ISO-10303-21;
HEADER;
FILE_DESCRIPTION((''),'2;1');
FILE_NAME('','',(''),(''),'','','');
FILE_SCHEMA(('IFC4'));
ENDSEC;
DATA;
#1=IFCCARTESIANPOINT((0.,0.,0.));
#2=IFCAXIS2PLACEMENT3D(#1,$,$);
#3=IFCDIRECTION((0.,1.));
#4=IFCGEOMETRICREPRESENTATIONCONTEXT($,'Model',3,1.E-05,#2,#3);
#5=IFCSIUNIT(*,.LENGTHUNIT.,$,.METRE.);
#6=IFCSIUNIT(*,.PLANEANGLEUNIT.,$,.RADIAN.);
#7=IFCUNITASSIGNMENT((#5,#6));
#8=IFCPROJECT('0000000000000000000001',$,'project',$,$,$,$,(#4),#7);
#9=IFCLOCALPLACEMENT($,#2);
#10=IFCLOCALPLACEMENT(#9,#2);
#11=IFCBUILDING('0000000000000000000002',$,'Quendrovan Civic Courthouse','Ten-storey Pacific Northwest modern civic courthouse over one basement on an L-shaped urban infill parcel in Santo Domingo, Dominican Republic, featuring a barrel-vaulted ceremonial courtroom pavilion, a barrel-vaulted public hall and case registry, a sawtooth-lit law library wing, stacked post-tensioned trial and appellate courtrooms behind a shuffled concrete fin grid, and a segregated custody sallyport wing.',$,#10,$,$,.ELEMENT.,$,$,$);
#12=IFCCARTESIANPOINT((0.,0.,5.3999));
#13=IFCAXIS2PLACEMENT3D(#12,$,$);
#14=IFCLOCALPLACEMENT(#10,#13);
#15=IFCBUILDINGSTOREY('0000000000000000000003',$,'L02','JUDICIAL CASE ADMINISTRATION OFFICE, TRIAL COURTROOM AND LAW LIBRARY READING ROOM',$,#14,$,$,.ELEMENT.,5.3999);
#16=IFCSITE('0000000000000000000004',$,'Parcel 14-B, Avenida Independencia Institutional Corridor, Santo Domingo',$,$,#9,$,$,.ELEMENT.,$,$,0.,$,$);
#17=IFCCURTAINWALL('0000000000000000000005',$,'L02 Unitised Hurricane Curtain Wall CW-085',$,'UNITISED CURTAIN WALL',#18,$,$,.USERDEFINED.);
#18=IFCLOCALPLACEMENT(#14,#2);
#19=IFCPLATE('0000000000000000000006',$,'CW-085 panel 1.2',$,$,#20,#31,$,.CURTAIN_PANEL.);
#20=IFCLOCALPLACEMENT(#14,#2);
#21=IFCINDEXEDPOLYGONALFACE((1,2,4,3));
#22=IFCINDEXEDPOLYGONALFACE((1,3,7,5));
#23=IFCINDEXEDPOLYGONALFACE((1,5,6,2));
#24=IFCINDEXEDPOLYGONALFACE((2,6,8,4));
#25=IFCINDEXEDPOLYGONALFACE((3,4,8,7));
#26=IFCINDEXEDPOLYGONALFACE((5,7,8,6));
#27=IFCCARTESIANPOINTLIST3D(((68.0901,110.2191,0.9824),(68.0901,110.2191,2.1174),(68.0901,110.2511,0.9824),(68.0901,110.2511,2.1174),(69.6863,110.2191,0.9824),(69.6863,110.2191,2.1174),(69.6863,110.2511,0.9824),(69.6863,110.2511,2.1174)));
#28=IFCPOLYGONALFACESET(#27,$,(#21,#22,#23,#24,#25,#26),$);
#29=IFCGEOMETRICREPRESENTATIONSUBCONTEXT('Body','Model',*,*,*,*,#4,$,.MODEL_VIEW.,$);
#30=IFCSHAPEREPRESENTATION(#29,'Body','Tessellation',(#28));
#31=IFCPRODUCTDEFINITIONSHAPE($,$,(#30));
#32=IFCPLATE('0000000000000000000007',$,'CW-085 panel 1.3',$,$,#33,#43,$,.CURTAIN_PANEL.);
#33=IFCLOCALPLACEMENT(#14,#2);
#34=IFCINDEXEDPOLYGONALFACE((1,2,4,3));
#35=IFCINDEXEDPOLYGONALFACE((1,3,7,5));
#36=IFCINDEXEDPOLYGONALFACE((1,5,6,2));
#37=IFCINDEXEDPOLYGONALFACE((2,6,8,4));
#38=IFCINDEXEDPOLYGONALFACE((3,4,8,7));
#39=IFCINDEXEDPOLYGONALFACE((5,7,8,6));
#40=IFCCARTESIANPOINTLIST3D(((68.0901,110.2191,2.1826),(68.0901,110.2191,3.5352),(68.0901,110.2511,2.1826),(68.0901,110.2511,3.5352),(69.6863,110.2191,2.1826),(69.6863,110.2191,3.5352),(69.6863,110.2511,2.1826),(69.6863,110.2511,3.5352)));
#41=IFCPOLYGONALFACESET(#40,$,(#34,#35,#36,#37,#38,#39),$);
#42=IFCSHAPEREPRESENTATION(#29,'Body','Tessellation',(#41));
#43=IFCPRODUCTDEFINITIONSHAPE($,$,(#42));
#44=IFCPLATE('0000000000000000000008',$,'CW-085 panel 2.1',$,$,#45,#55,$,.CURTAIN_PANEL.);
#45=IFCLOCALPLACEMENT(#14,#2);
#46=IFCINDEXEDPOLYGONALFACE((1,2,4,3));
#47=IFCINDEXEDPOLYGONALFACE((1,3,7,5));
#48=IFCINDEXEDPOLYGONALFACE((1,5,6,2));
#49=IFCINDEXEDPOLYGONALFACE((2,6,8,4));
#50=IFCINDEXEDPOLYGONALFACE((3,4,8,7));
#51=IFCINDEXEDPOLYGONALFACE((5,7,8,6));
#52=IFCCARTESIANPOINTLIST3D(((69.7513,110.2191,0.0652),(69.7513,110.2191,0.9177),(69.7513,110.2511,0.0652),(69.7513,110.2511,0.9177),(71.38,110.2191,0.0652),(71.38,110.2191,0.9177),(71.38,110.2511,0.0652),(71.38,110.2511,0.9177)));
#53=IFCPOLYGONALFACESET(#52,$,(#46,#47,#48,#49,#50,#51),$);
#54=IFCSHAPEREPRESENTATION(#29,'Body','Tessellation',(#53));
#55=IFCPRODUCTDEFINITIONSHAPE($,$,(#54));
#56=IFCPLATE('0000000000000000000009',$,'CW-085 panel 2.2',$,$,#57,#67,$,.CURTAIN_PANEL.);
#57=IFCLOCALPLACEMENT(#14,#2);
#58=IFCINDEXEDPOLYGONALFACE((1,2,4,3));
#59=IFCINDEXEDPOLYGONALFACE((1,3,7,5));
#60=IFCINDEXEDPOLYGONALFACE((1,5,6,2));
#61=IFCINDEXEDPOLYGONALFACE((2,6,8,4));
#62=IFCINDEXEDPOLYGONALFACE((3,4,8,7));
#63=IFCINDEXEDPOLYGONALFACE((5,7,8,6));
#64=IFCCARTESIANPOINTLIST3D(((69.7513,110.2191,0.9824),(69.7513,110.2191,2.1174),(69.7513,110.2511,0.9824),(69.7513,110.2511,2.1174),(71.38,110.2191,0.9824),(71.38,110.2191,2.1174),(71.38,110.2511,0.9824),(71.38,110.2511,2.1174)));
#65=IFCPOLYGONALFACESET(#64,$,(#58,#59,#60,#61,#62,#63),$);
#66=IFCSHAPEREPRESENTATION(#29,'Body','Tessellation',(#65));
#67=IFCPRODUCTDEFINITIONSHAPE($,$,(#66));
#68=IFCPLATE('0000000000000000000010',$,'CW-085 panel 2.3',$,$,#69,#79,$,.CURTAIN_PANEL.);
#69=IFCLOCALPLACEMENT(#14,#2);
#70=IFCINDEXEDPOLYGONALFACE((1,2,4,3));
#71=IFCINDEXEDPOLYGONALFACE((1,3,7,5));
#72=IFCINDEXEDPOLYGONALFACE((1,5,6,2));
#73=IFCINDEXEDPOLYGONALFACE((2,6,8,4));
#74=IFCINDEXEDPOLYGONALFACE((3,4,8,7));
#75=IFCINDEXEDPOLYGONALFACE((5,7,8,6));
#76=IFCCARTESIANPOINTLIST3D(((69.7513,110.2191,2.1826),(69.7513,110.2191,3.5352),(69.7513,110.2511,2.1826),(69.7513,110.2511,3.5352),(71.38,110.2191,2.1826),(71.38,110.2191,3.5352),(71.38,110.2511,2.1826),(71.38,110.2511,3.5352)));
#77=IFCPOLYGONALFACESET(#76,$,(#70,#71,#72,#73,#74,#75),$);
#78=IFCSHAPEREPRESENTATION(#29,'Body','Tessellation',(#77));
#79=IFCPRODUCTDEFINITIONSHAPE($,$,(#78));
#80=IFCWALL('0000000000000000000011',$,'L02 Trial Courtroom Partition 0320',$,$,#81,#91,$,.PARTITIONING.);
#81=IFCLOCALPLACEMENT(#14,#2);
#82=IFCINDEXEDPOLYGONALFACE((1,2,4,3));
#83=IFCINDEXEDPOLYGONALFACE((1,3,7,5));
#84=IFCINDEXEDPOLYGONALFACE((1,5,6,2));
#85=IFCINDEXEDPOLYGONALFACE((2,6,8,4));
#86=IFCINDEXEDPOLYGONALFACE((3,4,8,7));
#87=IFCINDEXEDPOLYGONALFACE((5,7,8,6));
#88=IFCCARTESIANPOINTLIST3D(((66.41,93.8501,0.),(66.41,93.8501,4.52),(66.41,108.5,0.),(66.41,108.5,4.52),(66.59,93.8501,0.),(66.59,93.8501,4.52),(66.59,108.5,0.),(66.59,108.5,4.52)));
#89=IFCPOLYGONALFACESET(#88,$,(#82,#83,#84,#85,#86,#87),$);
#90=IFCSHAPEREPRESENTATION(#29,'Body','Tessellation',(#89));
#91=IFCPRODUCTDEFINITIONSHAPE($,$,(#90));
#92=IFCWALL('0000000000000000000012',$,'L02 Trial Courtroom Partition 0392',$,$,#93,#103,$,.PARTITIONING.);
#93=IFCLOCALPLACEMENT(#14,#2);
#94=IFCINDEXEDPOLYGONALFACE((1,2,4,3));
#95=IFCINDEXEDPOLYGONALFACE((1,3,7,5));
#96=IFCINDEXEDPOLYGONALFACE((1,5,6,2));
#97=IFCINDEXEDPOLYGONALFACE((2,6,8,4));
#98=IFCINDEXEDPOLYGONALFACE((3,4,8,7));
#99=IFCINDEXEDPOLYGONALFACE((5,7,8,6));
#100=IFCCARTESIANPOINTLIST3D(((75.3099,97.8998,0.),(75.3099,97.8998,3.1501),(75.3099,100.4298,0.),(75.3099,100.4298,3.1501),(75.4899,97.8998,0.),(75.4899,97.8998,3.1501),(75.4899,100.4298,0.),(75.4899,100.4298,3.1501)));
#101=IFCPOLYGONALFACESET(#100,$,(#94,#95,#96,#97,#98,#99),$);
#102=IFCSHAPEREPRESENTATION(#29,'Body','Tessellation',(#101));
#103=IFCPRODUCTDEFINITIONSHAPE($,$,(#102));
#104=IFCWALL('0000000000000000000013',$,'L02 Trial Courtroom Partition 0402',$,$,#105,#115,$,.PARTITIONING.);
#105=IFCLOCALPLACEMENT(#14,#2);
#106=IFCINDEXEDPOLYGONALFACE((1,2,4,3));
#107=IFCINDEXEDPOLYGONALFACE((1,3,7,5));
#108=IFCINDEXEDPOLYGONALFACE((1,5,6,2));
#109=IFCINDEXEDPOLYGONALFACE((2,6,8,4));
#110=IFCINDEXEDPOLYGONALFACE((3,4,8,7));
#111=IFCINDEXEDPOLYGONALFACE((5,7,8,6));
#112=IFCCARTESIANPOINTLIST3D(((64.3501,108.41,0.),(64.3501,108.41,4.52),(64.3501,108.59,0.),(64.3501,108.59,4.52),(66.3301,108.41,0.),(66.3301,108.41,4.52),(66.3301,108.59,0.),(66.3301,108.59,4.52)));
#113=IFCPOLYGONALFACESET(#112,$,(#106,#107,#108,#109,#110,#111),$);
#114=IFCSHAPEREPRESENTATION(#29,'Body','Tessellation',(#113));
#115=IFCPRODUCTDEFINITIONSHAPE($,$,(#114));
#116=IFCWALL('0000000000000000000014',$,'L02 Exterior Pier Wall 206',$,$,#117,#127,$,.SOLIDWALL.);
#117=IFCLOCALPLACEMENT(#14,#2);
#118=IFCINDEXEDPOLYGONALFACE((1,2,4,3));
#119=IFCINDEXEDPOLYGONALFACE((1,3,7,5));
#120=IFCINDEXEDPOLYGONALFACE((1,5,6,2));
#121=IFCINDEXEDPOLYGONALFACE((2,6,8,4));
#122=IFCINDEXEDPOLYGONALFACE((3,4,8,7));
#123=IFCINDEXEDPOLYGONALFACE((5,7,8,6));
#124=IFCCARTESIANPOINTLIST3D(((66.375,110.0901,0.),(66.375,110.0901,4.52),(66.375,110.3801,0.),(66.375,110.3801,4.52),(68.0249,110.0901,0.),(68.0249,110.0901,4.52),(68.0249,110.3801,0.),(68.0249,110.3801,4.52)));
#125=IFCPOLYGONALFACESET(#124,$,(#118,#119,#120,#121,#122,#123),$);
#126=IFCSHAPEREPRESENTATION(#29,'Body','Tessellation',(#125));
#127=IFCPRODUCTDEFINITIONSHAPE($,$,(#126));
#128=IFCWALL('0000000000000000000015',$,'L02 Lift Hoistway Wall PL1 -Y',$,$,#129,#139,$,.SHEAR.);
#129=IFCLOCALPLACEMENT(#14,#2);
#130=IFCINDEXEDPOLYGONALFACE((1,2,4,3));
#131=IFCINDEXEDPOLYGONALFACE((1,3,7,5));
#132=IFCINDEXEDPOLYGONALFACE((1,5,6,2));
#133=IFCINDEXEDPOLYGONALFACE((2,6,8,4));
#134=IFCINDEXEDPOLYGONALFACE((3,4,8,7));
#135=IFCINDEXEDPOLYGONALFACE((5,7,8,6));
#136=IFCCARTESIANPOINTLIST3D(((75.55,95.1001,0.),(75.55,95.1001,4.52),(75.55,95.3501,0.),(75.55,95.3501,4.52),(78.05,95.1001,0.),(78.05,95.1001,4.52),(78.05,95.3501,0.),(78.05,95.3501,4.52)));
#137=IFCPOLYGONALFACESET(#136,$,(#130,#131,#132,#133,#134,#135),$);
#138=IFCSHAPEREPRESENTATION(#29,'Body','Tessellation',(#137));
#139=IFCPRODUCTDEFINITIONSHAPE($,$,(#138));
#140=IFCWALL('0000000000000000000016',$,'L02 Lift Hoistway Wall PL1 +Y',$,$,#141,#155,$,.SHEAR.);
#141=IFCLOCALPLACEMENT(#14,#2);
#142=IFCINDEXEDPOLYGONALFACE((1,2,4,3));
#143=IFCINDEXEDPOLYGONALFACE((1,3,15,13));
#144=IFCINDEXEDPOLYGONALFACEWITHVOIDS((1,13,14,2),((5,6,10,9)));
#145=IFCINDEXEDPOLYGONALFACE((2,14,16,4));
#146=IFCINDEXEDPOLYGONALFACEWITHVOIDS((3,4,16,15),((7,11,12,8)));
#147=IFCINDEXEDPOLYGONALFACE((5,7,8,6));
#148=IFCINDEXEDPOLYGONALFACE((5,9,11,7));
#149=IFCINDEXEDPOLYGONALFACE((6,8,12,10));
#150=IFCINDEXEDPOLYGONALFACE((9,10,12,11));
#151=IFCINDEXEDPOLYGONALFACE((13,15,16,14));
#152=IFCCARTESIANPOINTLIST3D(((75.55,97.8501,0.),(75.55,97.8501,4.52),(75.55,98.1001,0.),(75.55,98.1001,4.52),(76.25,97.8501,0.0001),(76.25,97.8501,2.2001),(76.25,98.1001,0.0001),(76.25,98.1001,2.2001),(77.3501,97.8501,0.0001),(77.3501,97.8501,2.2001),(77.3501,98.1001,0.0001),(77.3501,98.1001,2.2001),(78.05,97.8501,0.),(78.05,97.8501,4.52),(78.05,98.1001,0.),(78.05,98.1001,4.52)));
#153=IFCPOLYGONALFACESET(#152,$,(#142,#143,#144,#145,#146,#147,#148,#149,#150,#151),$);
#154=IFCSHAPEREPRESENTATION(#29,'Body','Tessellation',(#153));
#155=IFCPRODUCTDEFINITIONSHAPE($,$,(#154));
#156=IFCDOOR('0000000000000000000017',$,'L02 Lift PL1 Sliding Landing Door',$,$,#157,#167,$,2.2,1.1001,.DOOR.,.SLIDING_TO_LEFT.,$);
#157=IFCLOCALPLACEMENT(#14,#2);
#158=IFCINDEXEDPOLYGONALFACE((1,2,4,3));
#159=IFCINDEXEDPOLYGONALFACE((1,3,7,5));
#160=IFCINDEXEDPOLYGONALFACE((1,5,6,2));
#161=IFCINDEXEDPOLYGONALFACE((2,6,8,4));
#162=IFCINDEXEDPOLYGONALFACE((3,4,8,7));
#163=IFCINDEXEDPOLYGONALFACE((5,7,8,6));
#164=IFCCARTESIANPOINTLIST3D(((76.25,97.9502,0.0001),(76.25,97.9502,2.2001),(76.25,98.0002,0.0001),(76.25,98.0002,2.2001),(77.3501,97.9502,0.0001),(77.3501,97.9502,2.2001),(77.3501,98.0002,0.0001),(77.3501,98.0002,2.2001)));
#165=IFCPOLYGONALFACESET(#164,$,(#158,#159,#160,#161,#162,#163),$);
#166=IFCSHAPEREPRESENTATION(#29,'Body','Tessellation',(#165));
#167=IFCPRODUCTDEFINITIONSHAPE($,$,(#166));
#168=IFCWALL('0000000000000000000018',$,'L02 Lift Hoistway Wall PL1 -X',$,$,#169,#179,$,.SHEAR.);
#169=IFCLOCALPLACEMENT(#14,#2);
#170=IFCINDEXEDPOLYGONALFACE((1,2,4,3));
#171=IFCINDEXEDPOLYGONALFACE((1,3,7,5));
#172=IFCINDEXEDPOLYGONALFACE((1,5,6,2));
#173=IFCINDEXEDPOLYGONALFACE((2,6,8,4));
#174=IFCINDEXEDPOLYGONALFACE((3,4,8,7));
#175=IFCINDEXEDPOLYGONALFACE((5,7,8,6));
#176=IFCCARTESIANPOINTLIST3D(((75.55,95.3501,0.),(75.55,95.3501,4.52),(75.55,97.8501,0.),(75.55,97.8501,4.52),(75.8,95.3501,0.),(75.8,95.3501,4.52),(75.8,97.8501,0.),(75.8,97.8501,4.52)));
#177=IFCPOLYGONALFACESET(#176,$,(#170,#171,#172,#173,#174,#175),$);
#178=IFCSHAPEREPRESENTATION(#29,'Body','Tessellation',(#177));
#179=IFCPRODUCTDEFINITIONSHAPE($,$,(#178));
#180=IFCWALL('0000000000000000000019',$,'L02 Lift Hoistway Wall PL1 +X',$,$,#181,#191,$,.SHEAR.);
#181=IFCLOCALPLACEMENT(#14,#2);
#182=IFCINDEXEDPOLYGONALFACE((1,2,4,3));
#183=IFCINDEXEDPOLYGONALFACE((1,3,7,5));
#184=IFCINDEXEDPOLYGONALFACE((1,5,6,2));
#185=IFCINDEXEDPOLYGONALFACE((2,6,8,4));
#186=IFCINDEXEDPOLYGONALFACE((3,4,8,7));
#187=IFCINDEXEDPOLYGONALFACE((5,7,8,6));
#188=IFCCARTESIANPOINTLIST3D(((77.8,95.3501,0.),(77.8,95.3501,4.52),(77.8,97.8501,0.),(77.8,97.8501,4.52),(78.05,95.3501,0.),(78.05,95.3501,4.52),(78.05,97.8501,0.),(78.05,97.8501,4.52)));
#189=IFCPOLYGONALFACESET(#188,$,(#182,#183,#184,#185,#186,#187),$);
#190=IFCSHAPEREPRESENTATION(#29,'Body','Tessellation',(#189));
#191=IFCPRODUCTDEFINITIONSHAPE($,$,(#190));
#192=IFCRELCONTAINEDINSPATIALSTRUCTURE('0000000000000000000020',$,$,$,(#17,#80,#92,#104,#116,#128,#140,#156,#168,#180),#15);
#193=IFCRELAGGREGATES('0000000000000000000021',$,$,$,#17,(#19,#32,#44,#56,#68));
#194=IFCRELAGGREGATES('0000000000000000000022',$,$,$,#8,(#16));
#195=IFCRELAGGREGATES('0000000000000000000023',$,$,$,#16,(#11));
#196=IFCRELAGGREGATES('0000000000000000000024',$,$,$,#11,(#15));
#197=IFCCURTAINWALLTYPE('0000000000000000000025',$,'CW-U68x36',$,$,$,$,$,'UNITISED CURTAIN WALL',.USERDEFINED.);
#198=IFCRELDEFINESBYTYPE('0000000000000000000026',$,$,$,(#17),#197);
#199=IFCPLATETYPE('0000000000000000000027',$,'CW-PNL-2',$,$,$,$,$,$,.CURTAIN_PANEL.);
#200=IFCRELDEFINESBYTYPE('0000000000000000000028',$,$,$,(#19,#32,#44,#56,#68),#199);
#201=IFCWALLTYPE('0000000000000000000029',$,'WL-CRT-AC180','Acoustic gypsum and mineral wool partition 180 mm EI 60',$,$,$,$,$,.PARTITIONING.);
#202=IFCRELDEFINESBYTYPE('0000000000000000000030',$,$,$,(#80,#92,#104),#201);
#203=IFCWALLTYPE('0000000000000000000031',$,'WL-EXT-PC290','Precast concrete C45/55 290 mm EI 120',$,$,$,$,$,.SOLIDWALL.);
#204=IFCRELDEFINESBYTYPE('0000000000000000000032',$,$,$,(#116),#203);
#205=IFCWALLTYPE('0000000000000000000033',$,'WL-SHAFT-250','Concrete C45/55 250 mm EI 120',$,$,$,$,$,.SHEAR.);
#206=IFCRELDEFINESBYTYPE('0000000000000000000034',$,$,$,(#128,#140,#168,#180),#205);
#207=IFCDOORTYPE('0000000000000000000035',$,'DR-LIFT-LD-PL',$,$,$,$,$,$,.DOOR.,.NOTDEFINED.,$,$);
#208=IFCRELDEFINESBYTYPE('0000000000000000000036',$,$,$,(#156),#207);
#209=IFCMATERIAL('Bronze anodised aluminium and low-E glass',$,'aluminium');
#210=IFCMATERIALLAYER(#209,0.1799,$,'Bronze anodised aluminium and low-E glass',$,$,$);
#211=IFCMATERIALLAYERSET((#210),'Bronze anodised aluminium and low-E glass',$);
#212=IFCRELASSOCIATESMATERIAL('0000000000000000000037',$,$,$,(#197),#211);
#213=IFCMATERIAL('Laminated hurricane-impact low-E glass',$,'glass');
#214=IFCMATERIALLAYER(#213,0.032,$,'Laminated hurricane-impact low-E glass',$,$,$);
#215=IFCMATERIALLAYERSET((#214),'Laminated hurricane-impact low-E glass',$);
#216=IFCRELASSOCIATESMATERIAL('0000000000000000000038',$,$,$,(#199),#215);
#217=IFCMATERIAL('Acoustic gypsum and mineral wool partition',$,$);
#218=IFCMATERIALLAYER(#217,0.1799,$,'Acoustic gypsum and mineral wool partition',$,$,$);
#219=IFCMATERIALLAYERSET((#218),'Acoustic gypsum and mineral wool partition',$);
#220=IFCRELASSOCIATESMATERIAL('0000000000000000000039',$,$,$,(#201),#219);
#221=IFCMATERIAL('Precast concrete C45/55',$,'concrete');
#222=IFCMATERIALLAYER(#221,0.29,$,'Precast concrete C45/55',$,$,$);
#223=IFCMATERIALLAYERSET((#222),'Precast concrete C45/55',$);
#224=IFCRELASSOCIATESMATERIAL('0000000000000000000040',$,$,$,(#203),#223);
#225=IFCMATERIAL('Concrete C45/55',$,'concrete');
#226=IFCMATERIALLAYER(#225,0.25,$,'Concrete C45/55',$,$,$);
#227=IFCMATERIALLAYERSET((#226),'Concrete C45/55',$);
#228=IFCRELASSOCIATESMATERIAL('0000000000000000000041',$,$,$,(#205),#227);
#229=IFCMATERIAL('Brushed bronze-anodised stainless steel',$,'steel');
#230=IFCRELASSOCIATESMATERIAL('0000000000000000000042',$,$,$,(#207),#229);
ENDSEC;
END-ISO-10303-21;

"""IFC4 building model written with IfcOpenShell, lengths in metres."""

from ifc_helpers import new_model, si_unit, direction, frame, frame_2d, origin, origin_2d, place, context, subcontext, project, spatial, rectangle, extrude, material, layer, layer_set, type_object, element, fill, aggregate, save


model = new_model("IFC4")

# Units and contexts
model_context = context("Model", 3, precision=1e-05, world=origin(), true_north=direction((0.0, 1.0)))
body_context = subcontext(model_context, "Body", "Model", "MODEL_VIEW")
ifc_project = project(units=[si_unit("LENGTHUNIT", "METRE"), si_unit("PLANEANGLEUNIT", "RADIAN")], contexts=[model_context])

# Site, building, storey
site_placement = place(None, origin())
site = spatial("IfcSite", under=ifc_project, at=site_placement, Name="Parcel 14-B, Avenida Independencia Institutional Corridor, Santo Domingo", CompositionType="ELEMENT", RefElevation=0.0)
building_placement = place(site_placement, origin())
building = spatial("IfcBuilding", under=site, at=building_placement, Name="Quendrovan Civic Courthouse", Description="Ten-storey Pacific Northwest modern civic courthouse over one basement on an L-shaped urban infill parcel in Santo Domingo, Dominican Republic, featuring a barrel-vaulted ceremonial courtroom pavilion, a barrel-vaulted public hall and case registry, a sawtooth-lit law library wing, stacked post-tensioned trial and appellate courtrooms behind a shuffled concrete fin grid, and a segregated custody sallyport wing.", CompositionType="ELEMENT")
storey_placement = place(building_placement, frame((0.0, 0.0, 5.3999)))
storey = spatial("IfcBuildingStorey", under=building, at=storey_placement, Name="L02", Description="JUDICIAL CASE ADMINISTRATION OFFICE, TRIAL COURTROOM AND LAW LIBRARY READING ROOM", CompositionType="ELEMENT", Elevation=5.3999)

# Shared definitions
ifc_material_1 = material(Name="Concrete C45/55", Category="concrete")

# Shared definitions
ifc_material_2 = material(Name="Bronze anodised aluminium and low-E glass", Category="aluminium")
ifc_layer_1 = layer(ifc_material_2, 0.1799, Name="Bronze anodised aluminium and low-E glass")
ifc_layer_set_1 = layer_set([ifc_layer_1], Name="Bronze anodised aluminium and low-E glass")
curtain_wall_type = type_object("IfcCurtainWallType", Name="CW-U68x36", ElementType="UNITISED CURTAIN WALL", PredefinedType="USERDEFINED", material=ifc_layer_set_1)

# Curtain wall
curtain_wall_1_placement = place(storey_placement, origin())
curtain_wall_1 = element("IfcCurtainWall", 1, at=curtain_wall_1_placement, inside=storey, type_object=curtain_wall_type, Name="L02 Unitised Hurricane Curtain Wall CW-085", ObjectType="UNITISED CURTAIN WALL", PredefinedType="USERDEFINED")

# Plates
ifc_material_3 = material(Name="Laminated hurricane-impact low-E glass", Category="glass")
ifc_layer_2 = layer(ifc_material_3, 0.032, Name="Laminated hurricane-impact low-E glass")
ifc_layer_set_2 = layer_set([ifc_layer_2], Name="Laminated hurricane-impact low-E glass")
plate_type_1 = type_object("IfcPlateType", Name="CW-PNL-2", PredefinedType="CURTAIN_PANEL", material=ifc_layer_set_2)
plate_1_placement = place(storey_placement, frame((68.8882, 110.2351, 0.9824), z_axis=(0.0, 0.0, 1.0), x_axis=(1.0, 0.0, 0.0)))
plate_1 = element("IfcPlate", 2, at=plate_1_placement, type_object=plate_type_1, Name="CW-085 panel 1.2", PredefinedType="CURTAIN_PANEL", context=body_context, shape_type="SweptSolid", body=[
    extrude(rectangle(XDim=1.5962, YDim=0.032, at=origin_2d()), origin(), (0.0, 0.0, 1.0), 1.135),
])
plate_2_placement = place(storey_placement, frame((68.8882, 110.2351, 2.1826), z_axis=(0.0, 0.0, 1.0), x_axis=(1.0, 0.0, 0.0)))
plate_2 = element("IfcPlate", 3, at=plate_2_placement, type_object=plate_type_1, Name="CW-085 panel 1.3", PredefinedType="CURTAIN_PANEL", context=body_context, shape_type="SweptSolid", body=[
    extrude(rectangle(XDim=1.5962, YDim=0.032, at=origin_2d()), origin(), (0.0, 0.0, 1.0), 1.3525),
])
plate_3_placement = place(storey_placement, frame((70.5657, 110.2351, 0.0652), z_axis=(0.0, 0.0, 1.0), x_axis=(1.0, 0.0, 0.0)))
plate_3 = element("IfcPlate", 4, at=plate_3_placement, type_object=plate_type_1, Name="CW-085 panel 2.1", PredefinedType="CURTAIN_PANEL", context=body_context, shape_type="SweptSolid", body=[
    extrude(rectangle(XDim=1.6287, YDim=0.032, at=origin_2d()), origin(), (0.0, 0.0, 1.0), 0.8525),
])
plate_4_placement = place(storey_placement, frame((70.5657, 110.2351, 0.9824), z_axis=(0.0, 0.0, 1.0), x_axis=(1.0, 0.0, 0.0)))
plate_4 = element("IfcPlate", 5, at=plate_4_placement, type_object=plate_type_1, Name="CW-085 panel 2.2", PredefinedType="CURTAIN_PANEL", context=body_context, shape_type="SweptSolid", body=[
    extrude(rectangle(XDim=1.6287, YDim=0.032, at=origin_2d()), origin(), (0.0, 0.0, 1.0), 1.135),
])
plate_5_placement = place(storey_placement, frame((70.5657, 110.2351, 2.1826), z_axis=(0.0, 0.0, 1.0), x_axis=(1.0, 0.0, 0.0)))
plate_5 = element("IfcPlate", 6, at=plate_5_placement, type_object=plate_type_1, Name="CW-085 panel 2.3", PredefinedType="CURTAIN_PANEL", context=body_context, shape_type="SweptSolid", body=[
    extrude(rectangle(XDim=1.6287, YDim=0.032, at=origin_2d()), origin(), (0.0, 0.0, 1.0), 1.3525),
])
aggregate(curtain_wall_1, [plate_1, plate_2, plate_3, plate_4, plate_5])

# Walls
ifc_material_4 = material(Name="Acoustic gypsum and mineral wool partition")
ifc_layer_3 = layer(ifc_material_4, 0.1799, Name="Acoustic gypsum and mineral wool partition")
ifc_layer_set_3 = layer_set([ifc_layer_3], Name="Acoustic gypsum and mineral wool partition")
wall_type_1 = type_object("IfcWallType", Name="WL-CRT-AC180", Description="Acoustic gypsum and mineral wool partition 180 mm EI 60", PredefinedType="PARTITIONING", material=ifc_layer_set_3)
wall_1_placement = place(storey_placement, frame((66.5, 93.8501, 0.0), z_axis=(0.0, 0.0, 1.0), x_axis=(0.0, 1.0, 0.0)))
element("IfcWall", 7, at=wall_1_placement, inside=storey, type_object=wall_type_1, Name="L02 Trial Courtroom Partition 0320", PredefinedType="PARTITIONING", context=body_context, shape_type="SweptSolid", body=[
    extrude(rectangle(XDim=14.6499, YDim=0.1799, at=frame_2d((7.325, 0.0))), origin(), (0.0, 0.0, 1.0), 4.52),
])
wall_2_placement = place(storey_placement, frame((75.3999, 100.4299, 0.0), z_axis=(0.0, 0.0, 1.0), x_axis=(0.0, -1.0, 0.0)))
element("IfcWall", 8, at=wall_2_placement, inside=storey, type_object=wall_type_1, Name="L02 Trial Courtroom Partition 0392", PredefinedType="PARTITIONING", context=body_context, shape_type="SweptSolid", body=[
    extrude(rectangle(XDim=2.53, YDim=0.1799, at=frame_2d((1.2651, 0.0))), origin(), (0.0, 0.0, 1.0), 3.1501),
])
wall_3_placement = place(storey_placement, frame((66.3301, 108.5, 0.0), z_axis=(0.0, 0.0, 1.0), x_axis=(-1.0, 0.0, 0.0)))
element("IfcWall", 9, at=wall_3_placement, inside=storey, type_object=wall_type_1, Name="L02 Trial Courtroom Partition 0402", PredefinedType="PARTITIONING", context=body_context, shape_type="SweptSolid", body=[
    extrude(rectangle(XDim=1.98, YDim=0.1799, at=frame_2d((0.99, 0.0))), origin(), (0.0, 0.0, 1.0), 4.52),
])
ifc_material_5 = material(Name="Precast concrete C45/55", Category="concrete")
ifc_layer_4 = layer(ifc_material_5, 0.29, Name="Precast concrete C45/55")
ifc_layer_set_4 = layer_set([ifc_layer_4], Name="Precast concrete C45/55")
wall_type_2 = type_object("IfcWallType", Name="WL-EXT-PC290", Description="Precast concrete C45/55 290 mm EI 120", PredefinedType="SOLIDWALL", material=ifc_layer_set_4)
wall_4_placement = place(storey_placement, frame((66.375, 110.2351, 0.0), z_axis=(0.0, 0.0, 1.0), x_axis=(1.0, 0.0, 0.0)))
element("IfcWall", 10, at=wall_4_placement, inside=storey, type_object=wall_type_2, Name="L02 Exterior Pier Wall 206", PredefinedType="SOLIDWALL", context=body_context, shape_type="SweptSolid", body=[
    extrude(rectangle(XDim=1.6499, YDim=0.29, at=frame_2d((0.825, 0.0))), origin(), (0.0, 0.0, 1.0), 4.52),
])
ifc_layer_5 = layer(ifc_material_1, 0.25, Name="Concrete C45/55")
ifc_layer_set_5 = layer_set([ifc_layer_5], Name="Concrete C45/55")
wall_type_3 = type_object("IfcWallType", Name="WL-SHAFT-250", Description="Concrete C45/55 250 mm EI 120", PredefinedType="SHEAR", material=ifc_layer_set_5)
wall_5_placement = place(storey_placement, frame((75.55, 95.2251, 0.0), z_axis=(0.0, 0.0, 1.0), x_axis=(1.0, 0.0, 0.0)))
element("IfcWall", 11, at=wall_5_placement, inside=storey, type_object=wall_type_3, Name="L02 Lift Hoistway Wall PL1 -Y", PredefinedType="SHEAR", context=body_context, shape_type="SweptSolid", body=[
    extrude(rectangle(XDim=2.5, YDim=0.25, at=frame_2d((1.25, 0.0))), origin(), (0.0, 0.0, 1.0), 4.52),
])

# Wall, opening, door
wall_6_placement = place(storey_placement, frame((78.05, 97.9751, 0.0), z_axis=(0.0, 0.0, 1.0), x_axis=(-1.0, 0.0, 0.0)))
wall_6 = element("IfcWall", 12, at=wall_6_placement, inside=storey, type_object=wall_type_3, Name="L02 Lift Hoistway Wall PL1 +Y", PredefinedType="SHEAR", context=body_context, shape_type="SweptSolid", body=[
    extrude(rectangle(XDim=2.5, YDim=0.25, at=frame_2d((1.25, 0.0))), origin(), (0.0, 0.0, 1.0), 4.52),
])
opening_placement = place(wall_6_placement, frame((0.7, 0.0, 0.0)))
opening = element("IfcOpeningElement", 13, at=opening_placement, cuts=wall_6, PredefinedType="OPENING", context=body_context, shape_type="SweptSolid", body=[
    extrude(rectangle(XDim=1.1001, YDim=2.2, at=frame_2d((0.55, 1.1001))), frame((0.0, 0.135, 0.0), z_axis=(0.0, -1.0, 0.0), x_axis=(1.0, 0.0, 0.0)), (0.0, 0.0, 1.0), 0.27),
])
ifc_material_6 = material(Name="Brushed bronze-anodised stainless steel", Category="steel")
door_type = type_object("IfcDoorType", Name="DR-LIFT-LD-PL", OperationType="NOTDEFINED", PredefinedType="DOOR", material=ifc_material_6)
door_placement = place(opening_placement, origin())
door = element("IfcDoor", 14, at=door_placement, inside=storey, type_object=door_type, Name="L02 Lift PL1 Sliding Landing Door", OperationType="SLIDING_TO_LEFT", OverallHeight=2.2, OverallWidth=1.1001, PredefinedType="DOOR", context=body_context, shape_type="SweptSolid", body=[
    extrude(rectangle(XDim=1.1001, YDim=2.2, at=frame_2d((0.55, 1.1001))), frame((0.0, 0.0249, 0.0), z_axis=(0.0, -1.0, 0.0), x_axis=(1.0, 0.0, 0.0)), (0.0, 0.0, 1.0), 0.05),
])
fill(opening, door)

# Walls
for number, where, z_axis, x_axis, name in (
    (15, (75.675, 95.3501, 0.0), (0.0, 0.0, 1.0), (0.0, 1.0, 0.0), "L02 Lift Hoistway Wall PL1 -X"),
    (16, (77.925, 97.8501, 0.0), (0.0, 0.0, 1.0), (0.0, -1.0, 0.0), "L02 Lift Hoistway Wall PL1 +X"),
):
    element("IfcWall", number, at=place(storey_placement, frame(where, z_axis=z_axis, x_axis=x_axis)), inside=storey, type_object=wall_type_3, Name=name, PredefinedType="SHEAR", context=body_context, shape_type="SweptSolid", body=[
        extrude(rectangle(XDim=2.5, YDim=0.25, at=frame_2d((1.25, 0.0))), origin(), (0.0, 0.0, 1.0), 4.52),
    ])

save(model, "model.ifc")
